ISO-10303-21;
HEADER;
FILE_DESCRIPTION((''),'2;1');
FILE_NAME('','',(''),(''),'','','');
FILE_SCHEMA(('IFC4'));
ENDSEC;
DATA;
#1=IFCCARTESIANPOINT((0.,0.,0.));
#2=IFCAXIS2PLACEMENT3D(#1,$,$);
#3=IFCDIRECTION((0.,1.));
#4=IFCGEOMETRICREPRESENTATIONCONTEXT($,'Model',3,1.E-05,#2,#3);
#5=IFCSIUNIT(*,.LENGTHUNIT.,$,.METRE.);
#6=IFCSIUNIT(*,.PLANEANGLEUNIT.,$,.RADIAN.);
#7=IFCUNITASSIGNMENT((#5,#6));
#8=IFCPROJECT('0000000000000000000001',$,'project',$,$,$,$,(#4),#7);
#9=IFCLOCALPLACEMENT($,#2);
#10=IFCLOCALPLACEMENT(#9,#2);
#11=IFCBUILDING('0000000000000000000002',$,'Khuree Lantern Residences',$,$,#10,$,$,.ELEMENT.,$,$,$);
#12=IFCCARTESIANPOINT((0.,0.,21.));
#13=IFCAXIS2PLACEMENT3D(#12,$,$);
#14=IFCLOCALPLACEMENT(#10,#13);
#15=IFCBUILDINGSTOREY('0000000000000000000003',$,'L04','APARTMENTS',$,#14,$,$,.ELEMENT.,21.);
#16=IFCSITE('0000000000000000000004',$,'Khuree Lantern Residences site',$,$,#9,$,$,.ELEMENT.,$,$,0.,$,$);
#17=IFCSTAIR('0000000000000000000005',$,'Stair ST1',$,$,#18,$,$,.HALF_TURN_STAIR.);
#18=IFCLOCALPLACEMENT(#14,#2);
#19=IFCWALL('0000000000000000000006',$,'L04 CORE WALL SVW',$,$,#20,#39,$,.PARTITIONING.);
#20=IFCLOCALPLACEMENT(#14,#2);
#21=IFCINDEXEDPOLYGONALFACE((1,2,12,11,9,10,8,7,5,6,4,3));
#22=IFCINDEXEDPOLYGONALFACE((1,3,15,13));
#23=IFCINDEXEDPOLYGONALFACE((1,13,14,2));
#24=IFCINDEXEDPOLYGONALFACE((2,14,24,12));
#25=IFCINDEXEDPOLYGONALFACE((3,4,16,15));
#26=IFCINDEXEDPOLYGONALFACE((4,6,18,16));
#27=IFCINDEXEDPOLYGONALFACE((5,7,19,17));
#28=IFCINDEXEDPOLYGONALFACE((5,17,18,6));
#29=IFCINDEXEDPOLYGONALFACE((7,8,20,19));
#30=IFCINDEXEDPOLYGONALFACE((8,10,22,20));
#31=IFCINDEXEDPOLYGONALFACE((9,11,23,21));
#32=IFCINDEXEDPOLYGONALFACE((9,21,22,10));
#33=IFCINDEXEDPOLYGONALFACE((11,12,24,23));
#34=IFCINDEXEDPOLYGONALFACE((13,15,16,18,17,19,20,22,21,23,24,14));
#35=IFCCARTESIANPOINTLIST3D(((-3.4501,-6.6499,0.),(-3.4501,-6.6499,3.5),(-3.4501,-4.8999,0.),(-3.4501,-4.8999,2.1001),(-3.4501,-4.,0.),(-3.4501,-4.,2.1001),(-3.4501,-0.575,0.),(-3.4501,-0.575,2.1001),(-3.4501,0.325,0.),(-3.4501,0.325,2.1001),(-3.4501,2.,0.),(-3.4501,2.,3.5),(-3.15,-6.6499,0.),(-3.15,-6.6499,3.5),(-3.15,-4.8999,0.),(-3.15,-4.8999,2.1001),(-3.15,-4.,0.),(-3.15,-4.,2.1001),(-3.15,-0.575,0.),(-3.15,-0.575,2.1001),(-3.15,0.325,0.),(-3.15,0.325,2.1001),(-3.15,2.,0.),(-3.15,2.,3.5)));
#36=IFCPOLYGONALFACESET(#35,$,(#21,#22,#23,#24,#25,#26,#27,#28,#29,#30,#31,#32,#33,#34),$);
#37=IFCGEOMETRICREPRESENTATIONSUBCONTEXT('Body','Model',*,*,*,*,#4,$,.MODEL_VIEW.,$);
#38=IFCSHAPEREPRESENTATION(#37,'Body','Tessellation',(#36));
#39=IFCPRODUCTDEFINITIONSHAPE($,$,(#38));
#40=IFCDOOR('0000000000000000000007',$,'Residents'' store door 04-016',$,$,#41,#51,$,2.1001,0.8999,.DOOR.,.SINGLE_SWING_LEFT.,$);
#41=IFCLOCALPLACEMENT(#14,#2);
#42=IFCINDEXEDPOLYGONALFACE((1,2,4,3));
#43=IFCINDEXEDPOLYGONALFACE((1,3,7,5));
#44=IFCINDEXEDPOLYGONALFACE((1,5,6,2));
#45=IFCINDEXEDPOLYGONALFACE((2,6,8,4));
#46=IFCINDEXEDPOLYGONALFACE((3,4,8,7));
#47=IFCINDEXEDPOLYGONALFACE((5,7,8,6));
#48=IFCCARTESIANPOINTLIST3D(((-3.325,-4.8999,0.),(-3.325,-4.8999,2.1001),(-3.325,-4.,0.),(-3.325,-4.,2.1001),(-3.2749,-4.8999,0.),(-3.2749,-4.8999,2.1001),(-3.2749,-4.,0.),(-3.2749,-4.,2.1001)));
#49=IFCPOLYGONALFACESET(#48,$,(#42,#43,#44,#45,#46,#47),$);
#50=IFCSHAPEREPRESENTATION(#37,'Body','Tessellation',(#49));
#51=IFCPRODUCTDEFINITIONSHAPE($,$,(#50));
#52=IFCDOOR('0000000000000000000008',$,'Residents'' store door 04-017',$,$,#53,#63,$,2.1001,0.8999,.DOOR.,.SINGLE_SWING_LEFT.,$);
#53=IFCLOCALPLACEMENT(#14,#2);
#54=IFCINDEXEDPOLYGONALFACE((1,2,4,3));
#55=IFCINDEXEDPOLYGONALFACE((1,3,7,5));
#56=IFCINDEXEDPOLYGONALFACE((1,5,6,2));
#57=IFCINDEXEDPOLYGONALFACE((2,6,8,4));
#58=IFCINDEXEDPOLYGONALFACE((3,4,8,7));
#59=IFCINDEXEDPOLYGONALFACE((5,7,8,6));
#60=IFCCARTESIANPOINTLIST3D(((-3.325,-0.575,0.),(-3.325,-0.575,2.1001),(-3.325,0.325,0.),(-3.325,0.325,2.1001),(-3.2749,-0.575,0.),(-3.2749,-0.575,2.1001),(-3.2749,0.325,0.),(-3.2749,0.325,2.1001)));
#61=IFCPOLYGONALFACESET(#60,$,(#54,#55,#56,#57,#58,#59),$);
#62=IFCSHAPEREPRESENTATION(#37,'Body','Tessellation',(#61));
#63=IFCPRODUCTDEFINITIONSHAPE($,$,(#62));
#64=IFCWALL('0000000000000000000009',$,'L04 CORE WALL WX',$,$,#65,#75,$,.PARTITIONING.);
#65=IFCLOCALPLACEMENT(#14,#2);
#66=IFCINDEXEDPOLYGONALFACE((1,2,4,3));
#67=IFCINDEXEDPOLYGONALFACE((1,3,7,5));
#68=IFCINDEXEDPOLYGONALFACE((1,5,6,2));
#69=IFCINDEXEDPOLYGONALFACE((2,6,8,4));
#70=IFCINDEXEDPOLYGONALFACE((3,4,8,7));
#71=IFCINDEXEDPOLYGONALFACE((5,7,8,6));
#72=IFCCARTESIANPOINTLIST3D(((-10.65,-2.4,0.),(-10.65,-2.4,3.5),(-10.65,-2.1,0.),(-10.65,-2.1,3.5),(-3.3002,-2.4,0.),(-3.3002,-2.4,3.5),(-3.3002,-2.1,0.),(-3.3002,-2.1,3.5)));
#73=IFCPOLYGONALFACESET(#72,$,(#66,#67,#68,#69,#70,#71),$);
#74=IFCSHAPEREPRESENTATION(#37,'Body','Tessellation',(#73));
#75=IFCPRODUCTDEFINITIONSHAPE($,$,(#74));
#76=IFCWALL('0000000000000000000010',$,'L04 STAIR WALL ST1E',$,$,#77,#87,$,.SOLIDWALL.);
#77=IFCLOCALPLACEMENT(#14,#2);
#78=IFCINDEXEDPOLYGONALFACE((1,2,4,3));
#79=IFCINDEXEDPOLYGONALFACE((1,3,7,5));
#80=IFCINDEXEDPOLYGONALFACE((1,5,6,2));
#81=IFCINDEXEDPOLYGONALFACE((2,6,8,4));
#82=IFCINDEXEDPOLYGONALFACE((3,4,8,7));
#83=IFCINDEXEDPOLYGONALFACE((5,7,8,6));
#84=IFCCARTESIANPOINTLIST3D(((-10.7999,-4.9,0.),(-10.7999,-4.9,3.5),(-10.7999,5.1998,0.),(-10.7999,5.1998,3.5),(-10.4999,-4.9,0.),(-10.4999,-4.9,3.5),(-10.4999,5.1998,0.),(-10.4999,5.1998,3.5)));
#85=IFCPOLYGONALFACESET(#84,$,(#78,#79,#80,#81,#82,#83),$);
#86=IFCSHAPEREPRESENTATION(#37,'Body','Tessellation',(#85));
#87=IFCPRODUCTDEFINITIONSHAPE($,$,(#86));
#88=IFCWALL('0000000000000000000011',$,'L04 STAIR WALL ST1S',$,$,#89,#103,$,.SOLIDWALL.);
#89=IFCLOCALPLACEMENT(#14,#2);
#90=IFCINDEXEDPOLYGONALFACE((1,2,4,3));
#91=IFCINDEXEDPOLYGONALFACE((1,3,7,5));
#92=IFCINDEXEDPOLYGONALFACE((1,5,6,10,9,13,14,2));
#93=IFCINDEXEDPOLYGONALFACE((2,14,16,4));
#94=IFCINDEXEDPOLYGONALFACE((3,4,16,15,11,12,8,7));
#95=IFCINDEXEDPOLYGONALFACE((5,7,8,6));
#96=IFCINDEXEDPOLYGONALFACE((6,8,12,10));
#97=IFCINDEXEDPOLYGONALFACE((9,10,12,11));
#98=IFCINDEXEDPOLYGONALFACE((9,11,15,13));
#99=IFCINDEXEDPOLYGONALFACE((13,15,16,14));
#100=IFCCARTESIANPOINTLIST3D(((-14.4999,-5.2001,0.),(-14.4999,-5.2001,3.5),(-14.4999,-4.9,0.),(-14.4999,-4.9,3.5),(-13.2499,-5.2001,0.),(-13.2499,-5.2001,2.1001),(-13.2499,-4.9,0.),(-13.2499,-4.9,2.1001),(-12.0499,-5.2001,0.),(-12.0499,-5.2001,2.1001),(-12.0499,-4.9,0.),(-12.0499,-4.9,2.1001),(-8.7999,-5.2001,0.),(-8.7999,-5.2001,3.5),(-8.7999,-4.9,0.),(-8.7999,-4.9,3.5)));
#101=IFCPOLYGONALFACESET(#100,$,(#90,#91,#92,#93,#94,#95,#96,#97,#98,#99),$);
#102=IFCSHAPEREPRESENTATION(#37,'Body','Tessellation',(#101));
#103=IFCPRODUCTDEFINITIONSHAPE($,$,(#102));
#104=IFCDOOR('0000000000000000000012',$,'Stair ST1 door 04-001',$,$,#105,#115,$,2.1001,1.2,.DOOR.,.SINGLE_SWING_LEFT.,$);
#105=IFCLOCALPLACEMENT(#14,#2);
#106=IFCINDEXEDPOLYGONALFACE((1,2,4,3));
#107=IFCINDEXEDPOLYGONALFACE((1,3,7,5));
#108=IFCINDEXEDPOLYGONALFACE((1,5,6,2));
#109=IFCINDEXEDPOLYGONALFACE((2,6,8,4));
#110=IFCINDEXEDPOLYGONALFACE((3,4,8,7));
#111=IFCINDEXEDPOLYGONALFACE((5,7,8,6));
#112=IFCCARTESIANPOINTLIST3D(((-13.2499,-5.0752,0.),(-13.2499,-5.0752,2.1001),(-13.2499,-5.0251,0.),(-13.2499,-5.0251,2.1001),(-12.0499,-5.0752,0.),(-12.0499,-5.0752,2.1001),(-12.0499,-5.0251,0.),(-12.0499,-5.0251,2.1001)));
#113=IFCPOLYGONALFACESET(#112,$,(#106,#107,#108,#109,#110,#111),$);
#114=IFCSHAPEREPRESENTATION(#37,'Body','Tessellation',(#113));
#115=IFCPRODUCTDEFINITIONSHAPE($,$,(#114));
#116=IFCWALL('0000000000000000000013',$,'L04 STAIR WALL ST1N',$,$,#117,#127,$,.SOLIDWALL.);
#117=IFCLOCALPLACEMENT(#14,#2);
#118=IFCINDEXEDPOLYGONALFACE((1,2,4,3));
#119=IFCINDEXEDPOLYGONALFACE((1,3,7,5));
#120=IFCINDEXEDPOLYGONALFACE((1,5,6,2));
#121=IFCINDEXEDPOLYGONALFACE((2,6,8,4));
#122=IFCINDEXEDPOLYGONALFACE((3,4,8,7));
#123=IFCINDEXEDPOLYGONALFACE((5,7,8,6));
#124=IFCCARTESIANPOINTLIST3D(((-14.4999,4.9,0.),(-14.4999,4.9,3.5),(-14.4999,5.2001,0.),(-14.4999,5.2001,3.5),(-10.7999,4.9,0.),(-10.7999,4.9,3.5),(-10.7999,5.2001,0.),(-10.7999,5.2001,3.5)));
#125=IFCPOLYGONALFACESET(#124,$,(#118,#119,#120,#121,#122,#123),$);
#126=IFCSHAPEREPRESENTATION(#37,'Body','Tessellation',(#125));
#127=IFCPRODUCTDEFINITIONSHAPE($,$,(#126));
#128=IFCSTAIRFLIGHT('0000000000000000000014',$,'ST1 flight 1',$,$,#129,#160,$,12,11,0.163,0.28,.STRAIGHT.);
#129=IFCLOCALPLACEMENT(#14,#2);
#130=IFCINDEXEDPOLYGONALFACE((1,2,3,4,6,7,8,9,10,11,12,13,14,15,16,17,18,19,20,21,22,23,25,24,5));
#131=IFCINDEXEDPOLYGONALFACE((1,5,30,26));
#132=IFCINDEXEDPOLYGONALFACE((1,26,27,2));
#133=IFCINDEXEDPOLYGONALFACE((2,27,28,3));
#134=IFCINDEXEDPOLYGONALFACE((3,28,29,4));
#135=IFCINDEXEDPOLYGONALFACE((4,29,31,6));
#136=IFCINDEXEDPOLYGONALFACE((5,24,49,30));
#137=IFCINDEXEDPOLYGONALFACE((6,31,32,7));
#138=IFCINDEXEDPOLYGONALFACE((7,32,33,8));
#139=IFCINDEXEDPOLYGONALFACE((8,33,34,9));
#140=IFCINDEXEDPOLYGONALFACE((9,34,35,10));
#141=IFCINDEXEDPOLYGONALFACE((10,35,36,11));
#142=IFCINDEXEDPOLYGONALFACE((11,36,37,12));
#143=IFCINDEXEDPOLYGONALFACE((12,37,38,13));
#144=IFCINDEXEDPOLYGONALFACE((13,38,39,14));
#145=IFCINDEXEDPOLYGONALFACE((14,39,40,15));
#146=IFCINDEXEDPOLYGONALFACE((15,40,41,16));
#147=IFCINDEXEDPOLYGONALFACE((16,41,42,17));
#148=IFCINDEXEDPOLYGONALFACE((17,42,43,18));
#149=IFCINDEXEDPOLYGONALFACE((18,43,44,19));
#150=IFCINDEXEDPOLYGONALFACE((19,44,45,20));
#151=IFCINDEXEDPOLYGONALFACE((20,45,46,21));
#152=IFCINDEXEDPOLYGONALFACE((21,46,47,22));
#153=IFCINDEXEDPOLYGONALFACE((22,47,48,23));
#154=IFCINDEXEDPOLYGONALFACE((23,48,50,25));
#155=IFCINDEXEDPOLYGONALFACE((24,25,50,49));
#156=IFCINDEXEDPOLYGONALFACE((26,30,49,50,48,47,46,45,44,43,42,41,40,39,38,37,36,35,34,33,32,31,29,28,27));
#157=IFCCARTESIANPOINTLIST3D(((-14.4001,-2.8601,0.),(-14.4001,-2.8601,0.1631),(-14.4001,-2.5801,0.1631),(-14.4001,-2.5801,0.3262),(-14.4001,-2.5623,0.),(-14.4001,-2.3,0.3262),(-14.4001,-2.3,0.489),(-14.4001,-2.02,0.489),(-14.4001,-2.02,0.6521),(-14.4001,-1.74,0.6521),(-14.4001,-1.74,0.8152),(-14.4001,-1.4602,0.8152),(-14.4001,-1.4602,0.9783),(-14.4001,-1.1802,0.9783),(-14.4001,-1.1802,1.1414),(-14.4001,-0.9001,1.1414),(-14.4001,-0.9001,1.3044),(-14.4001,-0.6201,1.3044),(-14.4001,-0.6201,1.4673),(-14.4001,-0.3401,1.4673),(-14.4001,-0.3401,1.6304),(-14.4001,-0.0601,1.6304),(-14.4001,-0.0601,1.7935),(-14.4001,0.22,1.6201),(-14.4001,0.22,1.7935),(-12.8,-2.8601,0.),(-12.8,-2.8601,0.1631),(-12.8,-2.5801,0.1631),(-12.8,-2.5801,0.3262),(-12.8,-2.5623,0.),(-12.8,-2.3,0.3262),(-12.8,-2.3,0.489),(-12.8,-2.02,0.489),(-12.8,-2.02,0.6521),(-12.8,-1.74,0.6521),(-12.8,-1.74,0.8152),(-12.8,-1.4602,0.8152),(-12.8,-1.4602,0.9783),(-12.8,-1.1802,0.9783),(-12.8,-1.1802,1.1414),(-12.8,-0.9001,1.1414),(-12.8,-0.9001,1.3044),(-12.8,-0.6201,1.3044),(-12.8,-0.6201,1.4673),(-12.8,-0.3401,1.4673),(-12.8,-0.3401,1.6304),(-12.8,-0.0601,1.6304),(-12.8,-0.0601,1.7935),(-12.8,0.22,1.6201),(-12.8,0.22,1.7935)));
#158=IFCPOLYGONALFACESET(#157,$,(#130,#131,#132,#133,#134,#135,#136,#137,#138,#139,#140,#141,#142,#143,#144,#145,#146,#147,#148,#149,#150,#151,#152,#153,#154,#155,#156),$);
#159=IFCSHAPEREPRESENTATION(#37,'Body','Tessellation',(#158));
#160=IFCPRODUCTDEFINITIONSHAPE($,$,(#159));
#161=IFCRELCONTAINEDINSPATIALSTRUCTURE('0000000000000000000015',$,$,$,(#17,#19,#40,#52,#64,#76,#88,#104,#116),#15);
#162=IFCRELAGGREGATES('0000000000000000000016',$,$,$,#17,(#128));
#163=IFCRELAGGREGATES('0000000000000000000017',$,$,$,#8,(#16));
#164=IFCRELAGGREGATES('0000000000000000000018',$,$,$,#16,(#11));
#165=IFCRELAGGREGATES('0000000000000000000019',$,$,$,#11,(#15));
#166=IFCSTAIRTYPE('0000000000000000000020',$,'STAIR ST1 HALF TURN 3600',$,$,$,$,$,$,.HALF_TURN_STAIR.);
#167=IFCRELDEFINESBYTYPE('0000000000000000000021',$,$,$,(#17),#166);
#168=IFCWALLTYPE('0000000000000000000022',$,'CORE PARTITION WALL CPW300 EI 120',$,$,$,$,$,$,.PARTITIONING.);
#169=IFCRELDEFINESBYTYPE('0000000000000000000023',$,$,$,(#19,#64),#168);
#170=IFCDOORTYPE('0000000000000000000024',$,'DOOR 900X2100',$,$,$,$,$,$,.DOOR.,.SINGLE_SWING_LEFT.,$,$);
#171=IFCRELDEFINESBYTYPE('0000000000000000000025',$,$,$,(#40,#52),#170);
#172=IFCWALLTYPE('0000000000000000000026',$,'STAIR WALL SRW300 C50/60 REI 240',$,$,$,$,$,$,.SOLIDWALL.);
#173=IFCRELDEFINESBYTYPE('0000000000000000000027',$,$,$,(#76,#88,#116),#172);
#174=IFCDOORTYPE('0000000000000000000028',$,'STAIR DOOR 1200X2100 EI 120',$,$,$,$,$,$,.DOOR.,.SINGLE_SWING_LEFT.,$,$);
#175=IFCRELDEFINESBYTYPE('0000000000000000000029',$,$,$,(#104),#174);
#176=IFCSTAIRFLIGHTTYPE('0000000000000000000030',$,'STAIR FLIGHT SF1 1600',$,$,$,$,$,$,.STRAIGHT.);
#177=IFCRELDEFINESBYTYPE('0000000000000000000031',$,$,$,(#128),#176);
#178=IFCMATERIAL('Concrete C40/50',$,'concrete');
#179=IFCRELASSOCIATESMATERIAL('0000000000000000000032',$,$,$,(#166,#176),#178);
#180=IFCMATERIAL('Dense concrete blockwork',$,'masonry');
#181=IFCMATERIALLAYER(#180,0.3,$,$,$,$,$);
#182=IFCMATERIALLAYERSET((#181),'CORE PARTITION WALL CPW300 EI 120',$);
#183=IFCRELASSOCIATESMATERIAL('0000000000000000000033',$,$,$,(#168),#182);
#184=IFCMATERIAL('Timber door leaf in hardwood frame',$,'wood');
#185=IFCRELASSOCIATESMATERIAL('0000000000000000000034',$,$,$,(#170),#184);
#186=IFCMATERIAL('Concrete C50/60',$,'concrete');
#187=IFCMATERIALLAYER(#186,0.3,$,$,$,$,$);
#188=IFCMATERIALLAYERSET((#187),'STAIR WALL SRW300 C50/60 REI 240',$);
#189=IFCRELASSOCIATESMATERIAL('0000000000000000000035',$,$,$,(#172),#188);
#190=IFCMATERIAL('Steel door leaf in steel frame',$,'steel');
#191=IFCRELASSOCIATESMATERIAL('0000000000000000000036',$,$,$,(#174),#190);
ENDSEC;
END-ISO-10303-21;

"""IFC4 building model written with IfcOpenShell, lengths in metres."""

from ifc_helpers import new_model, si_unit, direction, frame, frame_2d, origin, place, context, subcontext, project, spatial, polyline, rectangle, outline, extrude, material, layer, layer_set, type_object, element, fill, aggregate, save


model = new_model("IFC4")

# Units and contexts
model_context = context("Model", 3, precision=1e-05, world=origin(), true_north=direction((0.0, 1.0)))
body_context = subcontext(model_context, "Body", "Model", "MODEL_VIEW")
ifc_project = project(units=[si_unit("LENGTHUNIT", "METRE"), si_unit("PLANEANGLEUNIT", "RADIAN")], contexts=[model_context])

# Site, building, storey
site_placement = place(None, origin())
site = spatial("IfcSite", under=ifc_project, at=site_placement, Name="Khuree Lantern Residences site", CompositionType="ELEMENT", RefElevation=0.0)
building_placement = place(site_placement, origin())
building = spatial("IfcBuilding", under=site, at=building_placement, Name="Khuree Lantern Residences", CompositionType="ELEMENT")
storey_placement = place(building_placement, frame((0.0, 0.0, 21.0)))
storey = spatial("IfcBuildingStorey", under=building, at=storey_placement, Name="L04", Description="APARTMENTS", CompositionType="ELEMENT", Elevation=21.0)

# Stair
ifc_material_1 = material(Name="Concrete C40/50", Category="concrete")
stair_type = type_object("IfcStairType", Name="STAIR ST1 HALF TURN 3600", PredefinedType="HALF_TURN_STAIR", material=ifc_material_1)
stair_placement = place(storey_placement, origin())
stair = element("IfcStair", 1, at=stair_placement, inside=storey, type_object=stair_type, Name="Stair ST1", PredefinedType="HALF_TURN_STAIR")

# Wall, openings, doors
ifc_material_2 = material(Name="Dense concrete blockwork", Category="masonry")
ifc_layer_1 = layer(ifc_material_2, 0.3)
ifc_layer_set_1 = layer_set([ifc_layer_1], Name="CORE PARTITION WALL CPW300 EI 120")
wall_type_1 = type_object("IfcWallType", Name="CORE PARTITION WALL CPW300 EI 120", PredefinedType="PARTITIONING", material=ifc_layer_set_1)
ifc_material_3 = material(Name="Steel door leaf in steel frame", Category="steel")
ifc_material_4 = material(Name="Timber door leaf in hardwood frame", Category="wood")
wall_1_placement = place(storey_placement, frame((-3.3, -6.6499, 0.0), z_axis=(0.0, 0.0, 1.0), x_axis=(0.0, 1.0, 0.0)))
wall_1 = element("IfcWall", 2, at=wall_1_placement, inside=storey, type_object=wall_type_1, Name="L04 CORE WALL SVW", PredefinedType="PARTITIONING", context=body_context, shape_type="SweptSolid", body=[
    extrude(rectangle(XDim=8.6499, YDim=0.3, at=frame_2d((4.325, 0.0))), origin(), (0.0, 0.0, 1.0), 3.5),
])
opening_1_placement = place(wall_1_placement, frame((1.75, 0.0, 0.0)))
opening_1 = element("IfcOpeningElement", 3, at=opening_1_placement, cuts=wall_1, PredefinedType="OPENING", context=body_context, shape_type="SweptSolid", body=[
    extrude(rectangle(XDim=0.8999, YDim=2.1001, at=frame_2d((0.45, 1.05))), frame((0.0, 0.1602, 0.0), z_axis=(0.0, -1.0, 0.0), x_axis=(1.0, 0.0, 0.0)), (0.0, 0.0, 1.0), 0.3201),
])
opening_2_placement = place(wall_1_placement, frame((6.075, 0.0, 0.0)))
opening_2 = element("IfcOpeningElement", 4, at=opening_2_placement, cuts=wall_1, PredefinedType="OPENING", context=body_context, shape_type="SweptSolid", body=[
    extrude(rectangle(XDim=0.8999, YDim=2.1001, at=frame_2d((0.45, 1.05))), frame((0.0, 0.1602, 0.0), z_axis=(0.0, -1.0, 0.0), x_axis=(1.0, 0.0, 0.0)), (0.0, 0.0, 1.0), 0.3201),
])
door_type_1 = type_object("IfcDoorType", Name="DOOR 900X2100", OperationType="SINGLE_SWING_LEFT", PredefinedType="DOOR", material=ifc_material_4)
door_1_placement = place(opening_1_placement, origin())
door_1 = element("IfcDoor", 5, at=door_1_placement, inside=storey, type_object=door_type_1, Name="Residents' store door 04-016", OperationType="SINGLE_SWING_LEFT", OverallHeight=2.1001, OverallWidth=0.8999, PredefinedType="DOOR", context=body_context, shape_type="SweptSolid", body=[
    extrude(rectangle(XDim=0.8999, YDim=2.1001, at=frame_2d((0.45, 1.05))), frame((0.0, 0.0249, 0.0), z_axis=(0.0, -1.0, 0.0), x_axis=(1.0, 0.0, 0.0)), (0.0, 0.0, 1.0), 0.05),
])
fill(opening_1, door_1)
door_2_placement = place(opening_2_placement, origin())
door_2 = element("IfcDoor", 6, at=door_2_placement, inside=storey, type_object=door_type_1, Name="Residents' store door 04-017", OperationType="SINGLE_SWING_LEFT", OverallHeight=2.1001, OverallWidth=0.8999, PredefinedType="DOOR", context=body_context, shape_type="SweptSolid", body=[
    extrude(rectangle(XDim=0.8999, YDim=2.1001, at=frame_2d((0.45, 1.05))), frame((0.0, 0.0249, 0.0), z_axis=(0.0, -1.0, 0.0), x_axis=(1.0, 0.0, 0.0)), (0.0, 0.0, 1.0), 0.05),
])
fill(opening_2, door_2)

# Walls
wall_2_placement = place(storey_placement, frame((-10.6499, -2.25, 0.0), z_axis=(0.0, 0.0, 1.0), x_axis=(1.0, 0.0, 0.0)))
element("IfcWall", 7, at=wall_2_placement, inside=storey, type_object=wall_type_1, Name="L04 CORE WALL WX", PredefinedType="PARTITIONING", context=body_context, shape_type="SweptSolid", body=[
    extrude(rectangle(XDim=7.3499, YDim=0.3, at=frame_2d((3.6748, 0.0))), origin(), (0.0, 0.0, 1.0), 3.5),
])
ifc_material_5 = material(Name="Concrete C50/60", Category="concrete")
ifc_layer_2 = layer(ifc_material_5, 0.3)
ifc_layer_set_2 = layer_set([ifc_layer_2], Name="STAIR WALL SRW300 C50/60 REI 240")
wall_type_2 = type_object("IfcWallType", Name="STAIR WALL SRW300 C50/60 REI 240", PredefinedType="SOLIDWALL", material=ifc_layer_set_2)
wall_3_placement = place(storey_placement, frame((-10.6499, -4.8999, 0.0), z_axis=(0.0, 0.0, 1.0), x_axis=(0.0, 1.0, 0.0)))
element("IfcWall", 8, at=wall_3_placement, inside=storey, type_object=wall_type_2, Name="L04 STAIR WALL ST1E", PredefinedType="SOLIDWALL", context=body_context, shape_type="SweptSolid", body=[
    extrude(rectangle(XDim=10.0999, YDim=0.3, at=frame_2d((5.0498, 0.0))), origin(), (0.0, 0.0, 1.0), 3.5),
])

# Wall, opening, door
wall_4_placement = place(storey_placement, frame((-14.5, -5.05, 0.0), z_axis=(0.0, 0.0, 1.0), x_axis=(1.0, 0.0, 0.0)))
wall_4 = element("IfcWall", 9, at=wall_4_placement, inside=storey, type_object=wall_type_2, Name="L04 STAIR WALL ST1S", PredefinedType="SOLIDWALL", context=body_context, shape_type="SweptSolid", body=[
    extrude(rectangle(XDim=5.7, YDim=0.3, at=frame_2d((2.8501, 0.0))), origin(), (0.0, 0.0, 1.0), 3.5),
])
opening_3_placement = place(wall_4_placement, frame((1.25, 0.0, 0.0)))
opening_3 = element("IfcOpeningElement", 10, at=opening_3_placement, cuts=wall_4, PredefinedType="OPENING", context=body_context, shape_type="SweptSolid", body=[
    extrude(rectangle(XDim=1.2, YDim=2.1001, at=frame_2d((0.6001, 1.05))), frame((0.0, 0.1602, 0.0), z_axis=(0.0, -1.0, 0.0), x_axis=(1.0, 0.0, 0.0)), (0.0, 0.0, 1.0), 0.3201),
])
door_type_2 = type_object("IfcDoorType", Name="STAIR DOOR 1200X2100 EI 120", OperationType="SINGLE_SWING_LEFT", PredefinedType="DOOR", material=ifc_material_3)
door_3_placement = place(opening_3_placement, origin())
door_3 = element("IfcDoor", 11, at=door_3_placement, inside=storey, type_object=door_type_2, Name="Stair ST1 door 04-001", OperationType="SINGLE_SWING_LEFT", OverallHeight=2.1001, OverallWidth=1.2, PredefinedType="DOOR", context=body_context, shape_type="SweptSolid", body=[
    extrude(rectangle(XDim=1.2, YDim=2.1001, at=frame_2d((0.6001, 1.05))), frame((0.0, 0.0249, 0.0), z_axis=(0.0, -1.0, 0.0), x_axis=(1.0, 0.0, 0.0)), (0.0, 0.0, 1.0), 0.05),
])
fill(opening_3, door_3)

# Wall
wall_5_placement = place(storey_placement, frame((-14.5, 5.05, 0.0), z_axis=(0.0, 0.0, 1.0), x_axis=(1.0, 0.0, 0.0)))
element("IfcWall", 12, at=wall_5_placement, inside=storey, type_object=wall_type_2, Name="L04 STAIR WALL ST1N", PredefinedType="SOLIDWALL", context=body_context, shape_type="SweptSolid", body=[
    extrude(rectangle(XDim=3.7, YDim=0.3, at=frame_2d((1.8501, 0.0))), origin(), (0.0, 0.0, 1.0), 3.5),
])

# Stair flight
stair_flight_type = type_object("IfcStairFlightType", Name="STAIR FLIGHT SF1 1600", PredefinedType="STRAIGHT", material=ifc_material_1)
stair_flight_1_placement = place(storey_placement, frame((-13.6001, -2.8601, 0.0), z_axis=(0.0, 0.0, 1.0), x_axis=(0.0, 1.0, 0.0)))
stair_flight_1 = element("IfcStairFlight", 13, at=stair_flight_1_placement, type_object=stair_flight_type, Name="ST1 flight 1", NumberOfRisers=12, NumberOfTreads=11, PredefinedType="STRAIGHT", RiserHeight=0.163, TreadLength=0.28, context=body_context, shape_type="SweptSolid", body=[
    extrude(outline(polyline([(0.0, 0.0), (0.0, 0.1631), (0.28, 0.1631), (0.28, 0.3262), (0.5601, 0.3262), (0.5601, 0.489), (0.8401, 0.489), (0.8401, 0.6521), (1.1201, 0.6521), (1.1201, 0.8152), (1.3999, 0.8152), (1.3999, 0.9783), (1.6799, 0.9783), (1.6799, 1.1414), (1.96, 1.1414), (1.96, 1.3044), (2.24, 1.3044), (2.24, 1.4673), (2.52, 1.4673), (2.52, 1.6304), (2.8, 1.6304), (2.8, 1.7935), (3.0801, 1.7935), (3.0801, 1.9565), (3.0801, 1.6201), (0.2979, 0.0), (0.0, 0.0)])), frame((0.0, 0.8, 0.0), z_axis=(0.0, -1.0, 0.0), x_axis=(1.0, 0.0, 0.0)), (0.0, 0.0, 1.0), 1.6001),
])
aggregate(stair, [stair_flight_1])

save(model, "model.ifc")
